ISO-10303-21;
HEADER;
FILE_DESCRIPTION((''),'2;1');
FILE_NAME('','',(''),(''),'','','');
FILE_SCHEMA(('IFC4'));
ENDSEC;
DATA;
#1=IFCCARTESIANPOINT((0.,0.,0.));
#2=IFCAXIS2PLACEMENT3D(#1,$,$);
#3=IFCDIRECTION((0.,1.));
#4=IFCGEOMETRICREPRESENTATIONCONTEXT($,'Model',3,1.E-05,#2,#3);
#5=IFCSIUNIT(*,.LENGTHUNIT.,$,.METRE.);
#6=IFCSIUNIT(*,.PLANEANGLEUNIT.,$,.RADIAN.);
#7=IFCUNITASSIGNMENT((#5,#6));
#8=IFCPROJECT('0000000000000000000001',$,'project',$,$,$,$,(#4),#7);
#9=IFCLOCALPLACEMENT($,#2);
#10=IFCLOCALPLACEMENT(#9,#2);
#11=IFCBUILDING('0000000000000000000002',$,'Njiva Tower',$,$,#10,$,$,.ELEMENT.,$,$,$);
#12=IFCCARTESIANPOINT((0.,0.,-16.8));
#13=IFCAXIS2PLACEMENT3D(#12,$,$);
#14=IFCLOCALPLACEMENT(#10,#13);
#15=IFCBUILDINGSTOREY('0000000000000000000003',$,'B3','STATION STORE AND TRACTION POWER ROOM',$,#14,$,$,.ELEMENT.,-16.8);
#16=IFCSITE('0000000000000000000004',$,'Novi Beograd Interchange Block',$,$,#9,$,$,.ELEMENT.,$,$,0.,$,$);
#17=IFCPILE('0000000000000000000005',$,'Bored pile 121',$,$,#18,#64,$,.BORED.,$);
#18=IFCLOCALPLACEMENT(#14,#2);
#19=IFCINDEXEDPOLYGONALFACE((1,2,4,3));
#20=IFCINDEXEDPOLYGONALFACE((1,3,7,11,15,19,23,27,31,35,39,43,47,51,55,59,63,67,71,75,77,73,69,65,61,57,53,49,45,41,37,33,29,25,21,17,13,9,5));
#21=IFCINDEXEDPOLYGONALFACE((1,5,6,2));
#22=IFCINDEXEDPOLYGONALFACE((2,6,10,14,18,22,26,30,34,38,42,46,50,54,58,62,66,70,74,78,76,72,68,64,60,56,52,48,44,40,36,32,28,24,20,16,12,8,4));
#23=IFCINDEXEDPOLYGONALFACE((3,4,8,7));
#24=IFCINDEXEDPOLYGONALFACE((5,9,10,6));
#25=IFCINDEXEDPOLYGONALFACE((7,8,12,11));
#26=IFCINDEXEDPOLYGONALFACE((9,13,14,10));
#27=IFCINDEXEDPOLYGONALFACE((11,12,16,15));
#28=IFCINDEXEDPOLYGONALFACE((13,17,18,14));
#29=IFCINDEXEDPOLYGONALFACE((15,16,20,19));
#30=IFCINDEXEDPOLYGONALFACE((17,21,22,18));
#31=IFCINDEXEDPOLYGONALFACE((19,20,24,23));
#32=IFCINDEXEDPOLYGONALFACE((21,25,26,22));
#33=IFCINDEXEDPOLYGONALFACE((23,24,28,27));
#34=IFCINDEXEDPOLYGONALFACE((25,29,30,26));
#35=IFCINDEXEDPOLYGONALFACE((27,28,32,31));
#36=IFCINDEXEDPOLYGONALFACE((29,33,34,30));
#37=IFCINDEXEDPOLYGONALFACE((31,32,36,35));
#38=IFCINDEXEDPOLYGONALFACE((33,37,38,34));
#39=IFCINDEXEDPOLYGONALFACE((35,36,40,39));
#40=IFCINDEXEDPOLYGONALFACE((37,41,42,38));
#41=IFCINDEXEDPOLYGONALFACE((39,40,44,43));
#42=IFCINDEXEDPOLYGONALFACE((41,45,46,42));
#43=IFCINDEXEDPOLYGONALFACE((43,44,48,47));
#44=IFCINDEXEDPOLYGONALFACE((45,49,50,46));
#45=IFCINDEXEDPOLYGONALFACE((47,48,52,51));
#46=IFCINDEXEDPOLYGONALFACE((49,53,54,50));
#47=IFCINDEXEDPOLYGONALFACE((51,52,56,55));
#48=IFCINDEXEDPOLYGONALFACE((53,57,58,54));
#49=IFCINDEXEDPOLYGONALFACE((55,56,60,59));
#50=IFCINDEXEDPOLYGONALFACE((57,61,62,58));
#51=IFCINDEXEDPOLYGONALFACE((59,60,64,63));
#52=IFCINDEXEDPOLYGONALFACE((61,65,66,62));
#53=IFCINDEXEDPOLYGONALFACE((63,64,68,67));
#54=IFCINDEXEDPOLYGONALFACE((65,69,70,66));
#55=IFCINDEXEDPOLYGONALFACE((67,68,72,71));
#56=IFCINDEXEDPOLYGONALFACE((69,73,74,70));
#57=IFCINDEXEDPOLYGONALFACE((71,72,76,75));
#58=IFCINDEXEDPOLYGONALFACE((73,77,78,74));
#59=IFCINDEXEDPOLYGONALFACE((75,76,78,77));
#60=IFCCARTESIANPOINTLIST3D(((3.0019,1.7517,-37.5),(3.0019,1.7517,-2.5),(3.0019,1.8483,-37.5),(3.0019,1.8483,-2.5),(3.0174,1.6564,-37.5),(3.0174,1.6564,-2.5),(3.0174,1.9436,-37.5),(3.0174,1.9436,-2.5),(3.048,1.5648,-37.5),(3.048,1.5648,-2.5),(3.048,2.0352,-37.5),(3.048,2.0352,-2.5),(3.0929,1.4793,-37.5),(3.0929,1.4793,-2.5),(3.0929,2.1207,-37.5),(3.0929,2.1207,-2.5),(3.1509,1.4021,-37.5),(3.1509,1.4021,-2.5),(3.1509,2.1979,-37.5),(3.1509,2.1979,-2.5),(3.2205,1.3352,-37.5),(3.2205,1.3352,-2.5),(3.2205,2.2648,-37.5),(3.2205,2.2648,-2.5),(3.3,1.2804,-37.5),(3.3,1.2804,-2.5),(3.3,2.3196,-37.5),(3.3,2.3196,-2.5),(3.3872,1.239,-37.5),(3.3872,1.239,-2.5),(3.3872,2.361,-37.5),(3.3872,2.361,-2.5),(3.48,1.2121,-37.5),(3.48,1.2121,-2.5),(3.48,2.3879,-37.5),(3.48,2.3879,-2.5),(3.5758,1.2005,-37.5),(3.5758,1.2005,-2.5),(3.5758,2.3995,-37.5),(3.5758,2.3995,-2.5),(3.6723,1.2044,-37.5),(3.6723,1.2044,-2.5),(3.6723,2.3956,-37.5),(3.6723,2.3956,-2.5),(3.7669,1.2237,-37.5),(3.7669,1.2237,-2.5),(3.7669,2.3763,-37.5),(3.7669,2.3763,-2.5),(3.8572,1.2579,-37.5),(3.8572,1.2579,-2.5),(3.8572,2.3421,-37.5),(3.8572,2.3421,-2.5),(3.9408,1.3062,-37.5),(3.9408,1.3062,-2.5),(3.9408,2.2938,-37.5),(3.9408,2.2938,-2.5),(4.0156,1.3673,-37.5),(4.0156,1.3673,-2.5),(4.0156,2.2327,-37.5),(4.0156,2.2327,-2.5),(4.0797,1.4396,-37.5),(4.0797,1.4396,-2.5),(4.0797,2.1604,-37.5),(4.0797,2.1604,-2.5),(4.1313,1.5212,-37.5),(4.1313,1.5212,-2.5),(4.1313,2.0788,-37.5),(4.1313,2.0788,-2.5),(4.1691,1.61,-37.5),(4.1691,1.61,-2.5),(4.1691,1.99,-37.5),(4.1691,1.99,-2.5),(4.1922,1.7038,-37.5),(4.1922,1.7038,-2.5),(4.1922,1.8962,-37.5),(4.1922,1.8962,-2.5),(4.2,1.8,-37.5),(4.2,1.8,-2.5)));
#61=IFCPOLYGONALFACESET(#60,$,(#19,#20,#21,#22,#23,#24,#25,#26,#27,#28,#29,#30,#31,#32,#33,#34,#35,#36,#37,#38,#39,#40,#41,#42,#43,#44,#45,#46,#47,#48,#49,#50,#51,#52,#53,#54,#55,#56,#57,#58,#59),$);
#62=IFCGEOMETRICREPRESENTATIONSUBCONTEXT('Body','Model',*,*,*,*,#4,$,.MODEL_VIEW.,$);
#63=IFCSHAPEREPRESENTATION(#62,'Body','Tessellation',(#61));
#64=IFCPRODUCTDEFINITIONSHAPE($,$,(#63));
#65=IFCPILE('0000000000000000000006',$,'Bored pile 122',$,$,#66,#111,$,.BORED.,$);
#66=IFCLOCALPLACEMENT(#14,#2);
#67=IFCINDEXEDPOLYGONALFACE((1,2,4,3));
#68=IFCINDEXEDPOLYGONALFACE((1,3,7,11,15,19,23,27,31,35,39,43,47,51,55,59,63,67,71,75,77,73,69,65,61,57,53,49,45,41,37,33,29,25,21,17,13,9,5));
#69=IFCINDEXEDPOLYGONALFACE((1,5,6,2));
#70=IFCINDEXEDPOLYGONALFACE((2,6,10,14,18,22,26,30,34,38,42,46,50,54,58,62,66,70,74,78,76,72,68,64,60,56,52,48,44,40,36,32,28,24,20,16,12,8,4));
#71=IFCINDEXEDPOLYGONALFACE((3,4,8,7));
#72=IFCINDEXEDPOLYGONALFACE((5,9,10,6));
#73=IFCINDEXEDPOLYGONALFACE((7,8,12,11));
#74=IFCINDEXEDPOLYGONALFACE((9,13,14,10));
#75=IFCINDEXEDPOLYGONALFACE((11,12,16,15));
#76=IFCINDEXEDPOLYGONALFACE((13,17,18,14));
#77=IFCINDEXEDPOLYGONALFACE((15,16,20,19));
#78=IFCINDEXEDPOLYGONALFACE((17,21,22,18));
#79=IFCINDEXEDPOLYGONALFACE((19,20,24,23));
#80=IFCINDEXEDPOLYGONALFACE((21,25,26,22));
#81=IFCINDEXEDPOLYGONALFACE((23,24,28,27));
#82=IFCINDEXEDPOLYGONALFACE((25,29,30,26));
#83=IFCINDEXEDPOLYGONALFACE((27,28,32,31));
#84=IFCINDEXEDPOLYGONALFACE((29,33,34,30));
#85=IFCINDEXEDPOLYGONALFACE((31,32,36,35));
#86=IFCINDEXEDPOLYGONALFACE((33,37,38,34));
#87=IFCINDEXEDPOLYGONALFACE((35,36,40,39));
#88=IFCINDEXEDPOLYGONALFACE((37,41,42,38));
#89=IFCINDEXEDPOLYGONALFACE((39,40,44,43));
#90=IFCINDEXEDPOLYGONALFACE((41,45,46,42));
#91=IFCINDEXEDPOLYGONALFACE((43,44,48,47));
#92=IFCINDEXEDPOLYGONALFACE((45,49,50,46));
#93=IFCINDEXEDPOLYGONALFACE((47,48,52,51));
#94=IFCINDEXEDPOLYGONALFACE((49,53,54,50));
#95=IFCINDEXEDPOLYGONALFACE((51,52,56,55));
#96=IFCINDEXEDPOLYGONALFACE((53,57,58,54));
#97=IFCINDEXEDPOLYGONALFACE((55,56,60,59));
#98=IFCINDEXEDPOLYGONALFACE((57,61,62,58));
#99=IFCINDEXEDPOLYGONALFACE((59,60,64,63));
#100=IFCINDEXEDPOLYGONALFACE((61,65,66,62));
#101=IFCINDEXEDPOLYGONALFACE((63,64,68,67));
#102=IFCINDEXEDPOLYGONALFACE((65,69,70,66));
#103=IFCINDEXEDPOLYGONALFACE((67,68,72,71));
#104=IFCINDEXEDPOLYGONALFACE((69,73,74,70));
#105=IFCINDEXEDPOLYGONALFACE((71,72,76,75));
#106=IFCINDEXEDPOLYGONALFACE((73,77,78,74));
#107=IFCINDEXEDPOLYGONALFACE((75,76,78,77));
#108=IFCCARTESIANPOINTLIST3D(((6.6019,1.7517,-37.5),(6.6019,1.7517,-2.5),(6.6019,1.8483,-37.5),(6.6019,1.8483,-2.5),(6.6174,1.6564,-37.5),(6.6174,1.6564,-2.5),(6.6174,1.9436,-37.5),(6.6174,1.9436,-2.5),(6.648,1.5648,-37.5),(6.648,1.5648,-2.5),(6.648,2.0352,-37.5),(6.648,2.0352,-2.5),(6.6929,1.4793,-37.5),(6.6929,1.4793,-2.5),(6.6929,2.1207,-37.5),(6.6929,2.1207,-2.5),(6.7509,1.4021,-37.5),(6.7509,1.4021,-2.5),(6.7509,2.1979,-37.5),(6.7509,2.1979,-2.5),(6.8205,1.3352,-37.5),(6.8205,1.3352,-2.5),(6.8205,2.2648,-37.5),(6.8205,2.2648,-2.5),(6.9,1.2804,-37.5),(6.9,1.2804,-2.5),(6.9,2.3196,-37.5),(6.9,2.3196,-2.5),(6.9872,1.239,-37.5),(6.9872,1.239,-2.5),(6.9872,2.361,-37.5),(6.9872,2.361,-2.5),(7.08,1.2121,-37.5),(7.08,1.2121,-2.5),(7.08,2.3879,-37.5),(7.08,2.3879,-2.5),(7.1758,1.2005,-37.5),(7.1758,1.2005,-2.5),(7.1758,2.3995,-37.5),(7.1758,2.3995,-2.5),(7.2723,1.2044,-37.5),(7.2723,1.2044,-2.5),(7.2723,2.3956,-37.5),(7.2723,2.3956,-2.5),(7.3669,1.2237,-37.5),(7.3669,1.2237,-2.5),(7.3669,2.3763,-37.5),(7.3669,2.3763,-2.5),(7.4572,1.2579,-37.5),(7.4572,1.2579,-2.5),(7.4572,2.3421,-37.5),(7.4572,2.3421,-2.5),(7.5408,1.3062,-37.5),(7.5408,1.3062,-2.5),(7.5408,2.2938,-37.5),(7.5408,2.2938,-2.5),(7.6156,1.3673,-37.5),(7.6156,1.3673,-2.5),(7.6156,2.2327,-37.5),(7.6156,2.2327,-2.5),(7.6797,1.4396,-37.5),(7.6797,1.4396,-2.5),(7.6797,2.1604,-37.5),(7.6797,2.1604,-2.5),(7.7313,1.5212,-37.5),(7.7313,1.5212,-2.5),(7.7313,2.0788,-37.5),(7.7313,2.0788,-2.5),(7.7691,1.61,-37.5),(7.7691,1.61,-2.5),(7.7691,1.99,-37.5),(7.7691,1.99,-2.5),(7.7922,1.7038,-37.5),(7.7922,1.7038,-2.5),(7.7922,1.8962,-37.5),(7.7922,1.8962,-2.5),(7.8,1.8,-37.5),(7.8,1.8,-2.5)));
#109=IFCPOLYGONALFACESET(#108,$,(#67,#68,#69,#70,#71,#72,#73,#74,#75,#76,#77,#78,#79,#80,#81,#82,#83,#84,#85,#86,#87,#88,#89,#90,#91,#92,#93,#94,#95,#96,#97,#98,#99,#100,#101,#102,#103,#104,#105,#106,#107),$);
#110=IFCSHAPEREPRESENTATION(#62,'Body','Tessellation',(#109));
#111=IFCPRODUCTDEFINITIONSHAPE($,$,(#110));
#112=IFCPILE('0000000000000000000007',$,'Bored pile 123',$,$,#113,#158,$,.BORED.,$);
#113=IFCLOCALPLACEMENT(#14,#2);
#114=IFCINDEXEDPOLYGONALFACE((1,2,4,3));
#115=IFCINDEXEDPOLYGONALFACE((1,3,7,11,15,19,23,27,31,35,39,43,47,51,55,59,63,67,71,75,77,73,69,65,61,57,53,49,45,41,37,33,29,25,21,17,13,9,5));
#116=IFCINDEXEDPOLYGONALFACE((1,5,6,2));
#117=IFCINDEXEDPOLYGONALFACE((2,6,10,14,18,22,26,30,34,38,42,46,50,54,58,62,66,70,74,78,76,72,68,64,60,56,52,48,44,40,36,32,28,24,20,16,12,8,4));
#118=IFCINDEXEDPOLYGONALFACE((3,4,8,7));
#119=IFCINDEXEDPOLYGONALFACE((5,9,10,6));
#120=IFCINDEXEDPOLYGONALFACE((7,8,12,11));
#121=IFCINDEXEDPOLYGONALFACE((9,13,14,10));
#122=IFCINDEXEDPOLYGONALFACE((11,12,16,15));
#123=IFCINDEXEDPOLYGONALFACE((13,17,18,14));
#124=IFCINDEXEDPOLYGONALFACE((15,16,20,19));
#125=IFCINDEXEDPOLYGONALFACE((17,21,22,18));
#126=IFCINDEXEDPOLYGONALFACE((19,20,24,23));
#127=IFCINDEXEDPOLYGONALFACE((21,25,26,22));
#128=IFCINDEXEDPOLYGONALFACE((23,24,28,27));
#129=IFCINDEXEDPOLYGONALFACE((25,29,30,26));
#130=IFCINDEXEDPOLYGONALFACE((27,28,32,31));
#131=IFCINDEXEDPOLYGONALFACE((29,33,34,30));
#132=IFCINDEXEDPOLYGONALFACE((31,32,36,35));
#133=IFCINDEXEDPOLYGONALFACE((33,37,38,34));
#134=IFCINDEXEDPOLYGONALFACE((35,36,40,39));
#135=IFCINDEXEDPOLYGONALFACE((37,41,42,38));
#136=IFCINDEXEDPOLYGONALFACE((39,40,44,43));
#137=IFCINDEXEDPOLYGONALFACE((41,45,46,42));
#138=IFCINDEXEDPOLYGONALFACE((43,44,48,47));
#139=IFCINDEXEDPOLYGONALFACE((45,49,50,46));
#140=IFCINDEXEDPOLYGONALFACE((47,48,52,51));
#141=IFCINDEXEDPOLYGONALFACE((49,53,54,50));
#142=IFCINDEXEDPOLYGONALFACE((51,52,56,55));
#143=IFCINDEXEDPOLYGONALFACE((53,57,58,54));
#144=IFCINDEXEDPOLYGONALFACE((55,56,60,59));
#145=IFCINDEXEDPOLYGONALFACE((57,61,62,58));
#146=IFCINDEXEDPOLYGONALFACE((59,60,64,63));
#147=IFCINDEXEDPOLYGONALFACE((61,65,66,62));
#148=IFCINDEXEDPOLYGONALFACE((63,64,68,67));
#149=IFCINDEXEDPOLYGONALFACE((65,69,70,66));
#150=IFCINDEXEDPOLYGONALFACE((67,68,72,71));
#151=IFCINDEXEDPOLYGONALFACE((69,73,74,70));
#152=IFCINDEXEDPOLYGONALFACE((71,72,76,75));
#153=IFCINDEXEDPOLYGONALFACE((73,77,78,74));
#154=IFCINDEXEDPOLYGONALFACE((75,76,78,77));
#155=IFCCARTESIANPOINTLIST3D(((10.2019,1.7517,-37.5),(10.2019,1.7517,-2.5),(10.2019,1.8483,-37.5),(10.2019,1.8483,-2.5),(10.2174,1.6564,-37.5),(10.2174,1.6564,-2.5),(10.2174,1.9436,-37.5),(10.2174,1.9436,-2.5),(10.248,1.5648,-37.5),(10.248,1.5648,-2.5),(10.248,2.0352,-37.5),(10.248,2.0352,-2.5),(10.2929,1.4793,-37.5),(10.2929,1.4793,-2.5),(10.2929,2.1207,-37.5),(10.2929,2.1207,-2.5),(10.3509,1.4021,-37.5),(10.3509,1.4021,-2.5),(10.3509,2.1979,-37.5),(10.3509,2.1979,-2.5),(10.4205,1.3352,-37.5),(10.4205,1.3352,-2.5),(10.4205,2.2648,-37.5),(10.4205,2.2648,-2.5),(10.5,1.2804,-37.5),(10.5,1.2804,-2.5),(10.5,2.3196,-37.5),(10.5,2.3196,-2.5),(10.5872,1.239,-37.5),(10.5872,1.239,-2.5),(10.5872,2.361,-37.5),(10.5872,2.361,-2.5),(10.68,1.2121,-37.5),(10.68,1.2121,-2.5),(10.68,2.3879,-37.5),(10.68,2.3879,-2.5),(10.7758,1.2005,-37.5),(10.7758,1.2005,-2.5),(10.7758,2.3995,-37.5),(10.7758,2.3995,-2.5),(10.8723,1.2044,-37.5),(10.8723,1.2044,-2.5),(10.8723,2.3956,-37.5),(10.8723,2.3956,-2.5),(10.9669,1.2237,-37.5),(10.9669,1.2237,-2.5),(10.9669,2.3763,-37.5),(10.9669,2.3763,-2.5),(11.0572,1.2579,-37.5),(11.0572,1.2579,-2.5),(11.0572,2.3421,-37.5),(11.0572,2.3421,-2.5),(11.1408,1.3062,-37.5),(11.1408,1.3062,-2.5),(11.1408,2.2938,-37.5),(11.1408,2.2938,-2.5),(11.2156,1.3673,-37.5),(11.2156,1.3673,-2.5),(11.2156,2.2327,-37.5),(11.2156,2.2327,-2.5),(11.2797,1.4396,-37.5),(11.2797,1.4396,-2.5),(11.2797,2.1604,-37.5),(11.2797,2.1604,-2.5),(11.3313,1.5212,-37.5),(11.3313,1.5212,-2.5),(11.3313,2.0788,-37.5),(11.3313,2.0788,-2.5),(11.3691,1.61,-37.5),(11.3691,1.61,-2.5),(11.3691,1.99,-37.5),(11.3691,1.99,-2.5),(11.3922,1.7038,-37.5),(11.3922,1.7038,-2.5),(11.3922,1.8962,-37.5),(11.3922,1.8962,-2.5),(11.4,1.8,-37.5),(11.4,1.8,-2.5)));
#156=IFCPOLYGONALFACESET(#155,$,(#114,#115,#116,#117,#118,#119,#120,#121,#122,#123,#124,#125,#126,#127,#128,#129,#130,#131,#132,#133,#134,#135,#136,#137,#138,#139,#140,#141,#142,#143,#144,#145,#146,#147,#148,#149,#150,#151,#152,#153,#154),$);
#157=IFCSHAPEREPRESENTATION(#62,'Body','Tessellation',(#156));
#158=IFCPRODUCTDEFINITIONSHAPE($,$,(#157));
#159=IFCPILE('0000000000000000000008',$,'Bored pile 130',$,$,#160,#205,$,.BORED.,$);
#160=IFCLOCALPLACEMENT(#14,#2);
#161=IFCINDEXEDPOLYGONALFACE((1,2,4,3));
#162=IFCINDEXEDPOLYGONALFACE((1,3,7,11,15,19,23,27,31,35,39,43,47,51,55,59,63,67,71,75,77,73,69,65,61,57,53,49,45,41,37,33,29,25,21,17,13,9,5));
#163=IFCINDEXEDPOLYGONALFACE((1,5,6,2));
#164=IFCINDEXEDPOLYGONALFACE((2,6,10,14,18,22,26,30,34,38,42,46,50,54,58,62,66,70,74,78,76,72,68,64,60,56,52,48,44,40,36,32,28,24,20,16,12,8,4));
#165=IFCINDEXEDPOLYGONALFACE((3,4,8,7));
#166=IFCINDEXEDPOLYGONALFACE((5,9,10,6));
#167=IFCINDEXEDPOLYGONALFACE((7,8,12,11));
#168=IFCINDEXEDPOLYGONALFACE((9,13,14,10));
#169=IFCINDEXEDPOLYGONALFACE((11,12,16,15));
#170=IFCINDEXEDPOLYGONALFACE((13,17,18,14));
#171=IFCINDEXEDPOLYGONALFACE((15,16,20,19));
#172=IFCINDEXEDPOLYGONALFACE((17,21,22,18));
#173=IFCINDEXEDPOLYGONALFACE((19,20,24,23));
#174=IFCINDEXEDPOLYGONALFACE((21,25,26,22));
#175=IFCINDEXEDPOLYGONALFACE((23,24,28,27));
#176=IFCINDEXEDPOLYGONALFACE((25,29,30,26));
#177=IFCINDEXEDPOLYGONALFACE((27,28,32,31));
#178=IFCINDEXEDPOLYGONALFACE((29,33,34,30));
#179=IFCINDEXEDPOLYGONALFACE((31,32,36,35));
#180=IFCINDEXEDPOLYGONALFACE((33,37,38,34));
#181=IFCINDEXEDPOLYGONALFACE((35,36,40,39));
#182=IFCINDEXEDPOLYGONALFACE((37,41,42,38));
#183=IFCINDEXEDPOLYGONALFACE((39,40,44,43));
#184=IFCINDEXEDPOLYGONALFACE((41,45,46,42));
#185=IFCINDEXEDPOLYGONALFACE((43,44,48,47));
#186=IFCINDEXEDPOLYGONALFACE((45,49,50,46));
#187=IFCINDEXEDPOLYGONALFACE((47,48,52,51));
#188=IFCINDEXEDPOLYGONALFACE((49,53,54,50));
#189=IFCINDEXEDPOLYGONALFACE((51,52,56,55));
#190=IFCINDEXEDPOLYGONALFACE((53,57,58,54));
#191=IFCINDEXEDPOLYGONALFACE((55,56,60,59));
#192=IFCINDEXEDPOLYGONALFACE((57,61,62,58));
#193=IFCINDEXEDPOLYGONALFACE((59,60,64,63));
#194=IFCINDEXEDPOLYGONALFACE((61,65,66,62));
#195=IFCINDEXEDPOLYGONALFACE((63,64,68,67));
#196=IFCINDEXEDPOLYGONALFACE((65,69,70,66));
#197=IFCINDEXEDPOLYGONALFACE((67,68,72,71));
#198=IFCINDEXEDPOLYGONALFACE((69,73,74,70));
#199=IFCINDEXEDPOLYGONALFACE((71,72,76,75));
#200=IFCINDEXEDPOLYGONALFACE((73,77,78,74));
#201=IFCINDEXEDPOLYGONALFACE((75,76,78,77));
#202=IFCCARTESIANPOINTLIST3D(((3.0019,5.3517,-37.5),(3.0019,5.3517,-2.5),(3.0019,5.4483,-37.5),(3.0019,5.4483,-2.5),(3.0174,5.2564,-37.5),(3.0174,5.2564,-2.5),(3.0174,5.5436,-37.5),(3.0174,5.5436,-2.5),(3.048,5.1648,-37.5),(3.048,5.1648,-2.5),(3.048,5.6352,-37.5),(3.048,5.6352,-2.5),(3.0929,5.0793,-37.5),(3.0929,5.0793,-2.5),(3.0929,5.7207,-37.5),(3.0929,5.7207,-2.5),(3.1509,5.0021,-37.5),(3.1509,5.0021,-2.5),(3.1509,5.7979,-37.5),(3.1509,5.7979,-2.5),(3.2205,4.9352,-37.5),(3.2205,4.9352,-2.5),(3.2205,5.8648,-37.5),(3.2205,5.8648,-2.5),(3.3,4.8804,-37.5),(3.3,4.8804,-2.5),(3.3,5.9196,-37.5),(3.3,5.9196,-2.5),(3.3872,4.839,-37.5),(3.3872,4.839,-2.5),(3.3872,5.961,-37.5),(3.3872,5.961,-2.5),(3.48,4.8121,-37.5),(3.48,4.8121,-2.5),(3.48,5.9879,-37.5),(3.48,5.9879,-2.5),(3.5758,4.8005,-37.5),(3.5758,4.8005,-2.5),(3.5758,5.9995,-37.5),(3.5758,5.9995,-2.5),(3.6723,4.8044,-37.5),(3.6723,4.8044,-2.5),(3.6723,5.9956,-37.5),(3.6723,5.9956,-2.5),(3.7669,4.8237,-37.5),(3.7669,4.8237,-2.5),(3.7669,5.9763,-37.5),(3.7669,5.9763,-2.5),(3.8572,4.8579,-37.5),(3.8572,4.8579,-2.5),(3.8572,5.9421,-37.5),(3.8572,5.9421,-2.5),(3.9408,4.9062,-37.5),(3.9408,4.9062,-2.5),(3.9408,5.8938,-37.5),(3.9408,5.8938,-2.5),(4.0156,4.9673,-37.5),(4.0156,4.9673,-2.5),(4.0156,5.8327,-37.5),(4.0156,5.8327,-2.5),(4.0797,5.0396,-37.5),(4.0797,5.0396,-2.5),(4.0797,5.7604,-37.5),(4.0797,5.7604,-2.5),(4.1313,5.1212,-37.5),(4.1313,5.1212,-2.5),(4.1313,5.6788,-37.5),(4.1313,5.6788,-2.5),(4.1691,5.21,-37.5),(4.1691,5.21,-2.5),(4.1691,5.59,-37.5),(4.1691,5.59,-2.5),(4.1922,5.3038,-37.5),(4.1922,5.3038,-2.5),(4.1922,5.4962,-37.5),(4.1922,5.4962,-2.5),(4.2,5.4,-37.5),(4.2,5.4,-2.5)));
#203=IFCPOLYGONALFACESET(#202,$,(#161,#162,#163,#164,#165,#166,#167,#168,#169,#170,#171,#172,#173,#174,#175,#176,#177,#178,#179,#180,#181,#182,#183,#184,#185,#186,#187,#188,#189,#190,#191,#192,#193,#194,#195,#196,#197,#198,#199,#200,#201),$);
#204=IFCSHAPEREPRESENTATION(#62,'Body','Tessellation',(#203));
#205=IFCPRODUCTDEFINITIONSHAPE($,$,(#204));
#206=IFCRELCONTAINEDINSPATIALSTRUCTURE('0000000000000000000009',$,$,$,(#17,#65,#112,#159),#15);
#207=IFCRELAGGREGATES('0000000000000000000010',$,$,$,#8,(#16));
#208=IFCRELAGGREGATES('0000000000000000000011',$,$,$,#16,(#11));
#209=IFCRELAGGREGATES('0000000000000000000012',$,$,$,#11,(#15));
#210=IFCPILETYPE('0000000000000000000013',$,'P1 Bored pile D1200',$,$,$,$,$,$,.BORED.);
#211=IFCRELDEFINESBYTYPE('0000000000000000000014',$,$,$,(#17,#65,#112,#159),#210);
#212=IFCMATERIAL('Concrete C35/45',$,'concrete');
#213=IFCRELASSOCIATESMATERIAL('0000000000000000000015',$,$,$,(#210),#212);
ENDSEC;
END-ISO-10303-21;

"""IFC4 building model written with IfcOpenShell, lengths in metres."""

from ifc_helpers import new_model, si_unit, direction, frame, origin, origin_2d, place, context, subcontext, project, spatial, circle, extrude, material, material_profile, profile_set, type_object, element, save


model = new_model("IFC4")

# Units and contexts
model_context = context("Model", 3, precision=1e-05, world=origin(), true_north=direction((0.0, 1.0)))
body_context = subcontext(model_context, "Body", "Model", "MODEL_VIEW")
ifc_project = project(units=[si_unit("LENGTHUNIT", "METRE"), si_unit("PLANEANGLEUNIT", "RADIAN")], contexts=[model_context])

# Site, building, storey
site_placement = place(None, origin())
site = spatial("IfcSite", under=ifc_project, at=site_placement, Name="Novi Beograd Interchange Block", CompositionType="ELEMENT", RefElevation=0.0)
building_placement = place(site_placement, origin())
building = spatial("IfcBuilding", under=site, at=building_placement, Name="Njiva Tower", CompositionType="ELEMENT")
storey_placement = place(building_placement, frame((0.0, 0.0, -16.8)))
storey = spatial("IfcBuildingStorey", under=building, at=storey_placement, Name="B3", Description="STATION STORE AND TRACTION POWER ROOM", CompositionType="ELEMENT", Elevation=-16.8)

# Piles
ifc_material_1 = material(Name="Concrete C35/45", Category="concrete")
ifc_material_profile = material_profile(ifc_material_1, circle(Radius=0.6, at=origin_2d()), Name="D1200")
ifc_profile_set = profile_set([ifc_material_profile], Name="Concrete C35/45")
pile_type = type_object("IfcPileType", Name="P1 Bored pile D1200", PredefinedType="BORED", material=ifc_profile_set)
for number, where, z_axis, x_axis, name in (
    (1, (3.6, 1.8, -2.5), (0.0, 0.0, -1.0), (1.0, 0.0, 0.0), "Bored pile 121"),
    (2, (7.2, 1.8, -2.5), (0.0, 0.0, -1.0), (1.0, 0.0, 0.0), "Bored pile 122"),
    (3, (10.8, 1.8, -2.5), (0.0, 0.0, -1.0), (1.0, 0.0, 0.0), "Bored pile 123"),
    (4, (3.6, 5.4, -2.5), (0.0, 0.0, -1.0), (1.0, 0.0, 0.0), "Bored pile 130"),
):
    element("IfcPile", number, at=place(storey_placement, frame(where, z_axis=z_axis, x_axis=x_axis)), inside=storey, type_object=pile_type, Name=name, PredefinedType="BORED", context=body_context, shape_type="SweptSolid", body=[
        extrude(circle(Radius=0.6, at=origin_2d()), origin(), (0.0, 0.0, 1.0), 35.0),
    ])

save(model, "model.ifc")
